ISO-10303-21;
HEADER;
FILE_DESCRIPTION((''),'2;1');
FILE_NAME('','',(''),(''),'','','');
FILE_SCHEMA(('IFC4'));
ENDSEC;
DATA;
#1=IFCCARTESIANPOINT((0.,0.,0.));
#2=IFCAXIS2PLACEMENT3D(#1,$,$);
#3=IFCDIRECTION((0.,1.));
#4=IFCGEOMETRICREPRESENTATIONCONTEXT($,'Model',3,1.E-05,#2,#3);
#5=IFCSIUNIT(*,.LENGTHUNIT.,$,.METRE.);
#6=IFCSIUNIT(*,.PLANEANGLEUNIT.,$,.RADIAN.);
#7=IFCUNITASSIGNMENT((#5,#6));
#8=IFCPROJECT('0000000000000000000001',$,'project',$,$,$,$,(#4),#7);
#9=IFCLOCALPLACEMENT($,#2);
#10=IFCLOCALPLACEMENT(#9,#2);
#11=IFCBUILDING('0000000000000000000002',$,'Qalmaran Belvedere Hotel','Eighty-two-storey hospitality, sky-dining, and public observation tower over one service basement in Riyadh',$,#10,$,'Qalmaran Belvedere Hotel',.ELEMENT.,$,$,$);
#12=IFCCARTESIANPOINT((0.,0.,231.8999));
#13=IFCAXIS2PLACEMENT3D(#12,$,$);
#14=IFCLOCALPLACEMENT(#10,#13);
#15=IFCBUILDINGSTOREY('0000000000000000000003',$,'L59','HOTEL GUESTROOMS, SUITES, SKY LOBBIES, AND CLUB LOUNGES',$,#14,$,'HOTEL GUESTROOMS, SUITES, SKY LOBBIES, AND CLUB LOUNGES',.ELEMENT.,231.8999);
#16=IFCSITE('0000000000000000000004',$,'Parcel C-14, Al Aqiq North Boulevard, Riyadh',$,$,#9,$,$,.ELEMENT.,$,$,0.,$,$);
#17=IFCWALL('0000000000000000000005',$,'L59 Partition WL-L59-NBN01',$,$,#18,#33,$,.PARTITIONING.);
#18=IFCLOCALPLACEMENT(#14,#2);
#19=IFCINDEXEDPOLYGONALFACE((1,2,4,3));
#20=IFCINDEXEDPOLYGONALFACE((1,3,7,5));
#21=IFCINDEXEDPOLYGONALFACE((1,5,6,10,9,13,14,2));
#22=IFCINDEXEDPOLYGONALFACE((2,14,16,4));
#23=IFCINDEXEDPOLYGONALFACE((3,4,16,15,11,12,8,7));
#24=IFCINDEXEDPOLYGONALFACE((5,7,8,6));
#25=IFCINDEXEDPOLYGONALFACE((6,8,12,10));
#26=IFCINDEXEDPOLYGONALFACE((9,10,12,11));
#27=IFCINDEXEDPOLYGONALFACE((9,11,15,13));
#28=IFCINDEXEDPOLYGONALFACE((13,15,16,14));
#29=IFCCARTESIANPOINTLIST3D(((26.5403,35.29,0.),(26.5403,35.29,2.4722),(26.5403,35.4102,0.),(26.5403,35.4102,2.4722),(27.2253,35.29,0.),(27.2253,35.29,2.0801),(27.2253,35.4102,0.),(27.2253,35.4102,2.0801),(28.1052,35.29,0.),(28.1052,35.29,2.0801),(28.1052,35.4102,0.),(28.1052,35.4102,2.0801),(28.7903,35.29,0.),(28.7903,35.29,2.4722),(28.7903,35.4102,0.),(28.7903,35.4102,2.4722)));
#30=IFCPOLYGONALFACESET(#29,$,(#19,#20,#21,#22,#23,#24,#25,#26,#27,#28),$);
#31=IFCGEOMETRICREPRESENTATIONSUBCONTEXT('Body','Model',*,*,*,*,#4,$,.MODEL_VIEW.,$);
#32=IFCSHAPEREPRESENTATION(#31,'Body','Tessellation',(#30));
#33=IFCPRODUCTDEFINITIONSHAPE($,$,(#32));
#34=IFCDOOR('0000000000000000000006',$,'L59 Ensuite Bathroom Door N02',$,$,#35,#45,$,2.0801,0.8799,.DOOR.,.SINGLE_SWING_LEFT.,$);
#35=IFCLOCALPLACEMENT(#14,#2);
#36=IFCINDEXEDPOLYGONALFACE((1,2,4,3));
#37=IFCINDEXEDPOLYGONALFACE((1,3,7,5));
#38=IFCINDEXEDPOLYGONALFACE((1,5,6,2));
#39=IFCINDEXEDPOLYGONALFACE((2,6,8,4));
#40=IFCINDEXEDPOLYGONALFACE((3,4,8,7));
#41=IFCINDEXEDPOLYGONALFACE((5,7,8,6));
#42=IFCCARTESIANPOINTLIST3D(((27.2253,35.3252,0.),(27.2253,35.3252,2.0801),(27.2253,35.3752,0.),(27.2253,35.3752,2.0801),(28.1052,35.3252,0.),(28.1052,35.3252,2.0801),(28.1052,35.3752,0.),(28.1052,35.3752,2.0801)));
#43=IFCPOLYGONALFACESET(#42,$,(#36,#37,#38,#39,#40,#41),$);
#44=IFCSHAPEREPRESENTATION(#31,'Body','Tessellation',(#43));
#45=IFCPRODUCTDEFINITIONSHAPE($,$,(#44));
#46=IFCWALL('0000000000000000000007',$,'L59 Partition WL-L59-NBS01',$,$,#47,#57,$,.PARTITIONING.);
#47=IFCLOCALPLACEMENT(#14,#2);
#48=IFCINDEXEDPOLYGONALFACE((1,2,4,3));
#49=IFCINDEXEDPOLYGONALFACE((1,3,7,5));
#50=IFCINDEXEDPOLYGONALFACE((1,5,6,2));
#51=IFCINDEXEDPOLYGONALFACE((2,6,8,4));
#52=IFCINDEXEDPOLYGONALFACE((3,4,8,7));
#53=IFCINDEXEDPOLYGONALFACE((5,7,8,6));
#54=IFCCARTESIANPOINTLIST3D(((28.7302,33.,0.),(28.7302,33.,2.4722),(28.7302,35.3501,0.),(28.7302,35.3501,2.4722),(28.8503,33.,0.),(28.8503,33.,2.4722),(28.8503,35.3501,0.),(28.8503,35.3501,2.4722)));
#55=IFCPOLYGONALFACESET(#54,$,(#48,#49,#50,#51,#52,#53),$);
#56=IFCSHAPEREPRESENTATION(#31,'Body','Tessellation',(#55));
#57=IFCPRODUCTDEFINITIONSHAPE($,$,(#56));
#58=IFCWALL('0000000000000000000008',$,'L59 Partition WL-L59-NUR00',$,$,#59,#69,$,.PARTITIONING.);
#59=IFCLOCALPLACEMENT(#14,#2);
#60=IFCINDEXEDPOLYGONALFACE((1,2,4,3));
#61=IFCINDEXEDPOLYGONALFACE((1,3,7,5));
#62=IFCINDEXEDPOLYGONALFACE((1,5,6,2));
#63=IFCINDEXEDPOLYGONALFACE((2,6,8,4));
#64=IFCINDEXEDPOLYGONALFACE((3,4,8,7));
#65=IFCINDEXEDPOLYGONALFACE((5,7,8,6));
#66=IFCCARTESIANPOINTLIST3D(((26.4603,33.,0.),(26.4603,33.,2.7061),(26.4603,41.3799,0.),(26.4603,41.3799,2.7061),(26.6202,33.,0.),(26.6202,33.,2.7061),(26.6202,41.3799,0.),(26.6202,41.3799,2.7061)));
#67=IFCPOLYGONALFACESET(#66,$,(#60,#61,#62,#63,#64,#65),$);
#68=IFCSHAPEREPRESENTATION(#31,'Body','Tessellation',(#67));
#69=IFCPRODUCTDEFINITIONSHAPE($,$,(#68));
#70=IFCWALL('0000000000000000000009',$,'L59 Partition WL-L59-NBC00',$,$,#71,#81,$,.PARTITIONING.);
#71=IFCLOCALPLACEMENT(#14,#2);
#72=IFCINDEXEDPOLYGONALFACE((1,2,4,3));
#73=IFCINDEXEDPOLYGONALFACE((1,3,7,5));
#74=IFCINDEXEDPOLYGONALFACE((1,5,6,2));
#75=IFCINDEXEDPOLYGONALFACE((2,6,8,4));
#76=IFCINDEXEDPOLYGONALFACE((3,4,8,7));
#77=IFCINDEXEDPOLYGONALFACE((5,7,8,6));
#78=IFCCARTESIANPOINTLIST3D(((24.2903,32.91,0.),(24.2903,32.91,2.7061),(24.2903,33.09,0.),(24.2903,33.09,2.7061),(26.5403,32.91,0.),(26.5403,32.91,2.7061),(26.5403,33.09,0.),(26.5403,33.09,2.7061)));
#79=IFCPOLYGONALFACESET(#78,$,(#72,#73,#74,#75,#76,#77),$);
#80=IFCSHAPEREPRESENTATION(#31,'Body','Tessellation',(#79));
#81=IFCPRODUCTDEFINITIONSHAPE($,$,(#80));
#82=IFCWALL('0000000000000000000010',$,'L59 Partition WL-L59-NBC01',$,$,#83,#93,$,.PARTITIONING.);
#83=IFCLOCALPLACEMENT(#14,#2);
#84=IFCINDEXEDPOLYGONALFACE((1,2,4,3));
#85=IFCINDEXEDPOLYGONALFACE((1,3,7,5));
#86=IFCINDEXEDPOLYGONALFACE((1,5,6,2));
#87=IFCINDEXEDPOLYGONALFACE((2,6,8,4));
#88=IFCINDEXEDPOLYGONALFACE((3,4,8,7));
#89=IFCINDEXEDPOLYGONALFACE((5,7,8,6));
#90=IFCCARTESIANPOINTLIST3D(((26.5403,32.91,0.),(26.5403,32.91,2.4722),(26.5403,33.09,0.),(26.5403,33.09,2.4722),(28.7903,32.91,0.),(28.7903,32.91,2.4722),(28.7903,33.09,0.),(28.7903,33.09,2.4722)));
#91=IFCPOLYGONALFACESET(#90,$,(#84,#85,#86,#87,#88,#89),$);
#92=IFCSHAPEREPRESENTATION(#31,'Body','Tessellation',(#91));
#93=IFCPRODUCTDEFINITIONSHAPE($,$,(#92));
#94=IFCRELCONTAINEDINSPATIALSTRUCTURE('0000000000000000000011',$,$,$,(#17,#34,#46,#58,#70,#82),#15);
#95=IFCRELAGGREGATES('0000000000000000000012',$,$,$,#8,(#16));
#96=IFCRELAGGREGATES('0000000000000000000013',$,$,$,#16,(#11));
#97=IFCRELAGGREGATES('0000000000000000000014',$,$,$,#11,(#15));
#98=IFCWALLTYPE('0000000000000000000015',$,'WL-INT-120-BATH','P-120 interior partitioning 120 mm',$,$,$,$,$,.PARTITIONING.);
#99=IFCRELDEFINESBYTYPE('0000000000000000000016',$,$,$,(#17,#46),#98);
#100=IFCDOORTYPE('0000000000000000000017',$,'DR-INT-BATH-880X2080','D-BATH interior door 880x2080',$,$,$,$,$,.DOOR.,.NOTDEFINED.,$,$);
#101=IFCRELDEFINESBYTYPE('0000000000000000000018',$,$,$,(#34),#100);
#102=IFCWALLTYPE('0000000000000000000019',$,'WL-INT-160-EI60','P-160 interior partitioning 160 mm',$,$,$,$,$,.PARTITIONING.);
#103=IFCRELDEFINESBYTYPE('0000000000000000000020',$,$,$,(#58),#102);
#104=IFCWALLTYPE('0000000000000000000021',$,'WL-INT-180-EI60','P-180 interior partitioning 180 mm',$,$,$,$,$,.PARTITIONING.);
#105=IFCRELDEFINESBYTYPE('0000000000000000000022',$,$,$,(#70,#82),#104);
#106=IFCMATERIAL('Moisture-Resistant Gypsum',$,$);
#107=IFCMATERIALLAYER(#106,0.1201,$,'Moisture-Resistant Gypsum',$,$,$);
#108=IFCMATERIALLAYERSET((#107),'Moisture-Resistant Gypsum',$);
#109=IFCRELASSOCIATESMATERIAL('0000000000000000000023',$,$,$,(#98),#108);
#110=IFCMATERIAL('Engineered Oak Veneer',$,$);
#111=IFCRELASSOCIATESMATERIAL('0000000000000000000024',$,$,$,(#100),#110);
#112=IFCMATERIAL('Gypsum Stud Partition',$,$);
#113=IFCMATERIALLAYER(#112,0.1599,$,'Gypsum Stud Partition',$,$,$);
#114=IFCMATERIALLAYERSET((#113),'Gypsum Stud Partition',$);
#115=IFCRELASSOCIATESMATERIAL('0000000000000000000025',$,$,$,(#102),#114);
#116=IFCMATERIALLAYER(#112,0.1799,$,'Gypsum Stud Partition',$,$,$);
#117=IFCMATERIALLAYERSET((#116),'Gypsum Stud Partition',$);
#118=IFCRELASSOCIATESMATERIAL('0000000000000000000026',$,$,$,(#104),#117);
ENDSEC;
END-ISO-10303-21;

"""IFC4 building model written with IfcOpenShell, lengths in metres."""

from ifc_helpers import new_model, si_unit, direction, frame, frame_2d, origin, place, context, subcontext, project, spatial, rectangle, extrude, material, layer, layer_set, type_object, element, fill, save


model = new_model("IFC4")

# Units and contexts
model_context = context("Model", 3, precision=1e-05, world=origin(), true_north=direction((0.0, 1.0)))
body_context = subcontext(model_context, "Body", "Model", "MODEL_VIEW")
ifc_project = project(units=[si_unit("LENGTHUNIT", "METRE"), si_unit("PLANEANGLEUNIT", "RADIAN")], contexts=[model_context])

# Site, building, storey
site_placement = place(None, origin())
site = spatial("IfcSite", under=ifc_project, at=site_placement, Name="Parcel C-14, Al Aqiq North Boulevard, Riyadh", CompositionType="ELEMENT", RefElevation=0.0)
building_placement = place(site_placement, origin())
building = spatial("IfcBuilding", under=site, at=building_placement, Name="Qalmaran Belvedere Hotel", Description="Eighty-two-storey hospitality, sky-dining, and public observation tower over one service basement in Riyadh", LongName="Qalmaran Belvedere Hotel", CompositionType="ELEMENT")
storey_placement = place(building_placement, frame((0.0, 0.0, 231.8999)))
storey = spatial("IfcBuildingStorey", under=building, at=storey_placement, Name="L59", Description="HOTEL GUESTROOMS, SUITES, SKY LOBBIES, AND CLUB LOUNGES", LongName="HOTEL GUESTROOMS, SUITES, SKY LOBBIES, AND CLUB LOUNGES", CompositionType="ELEMENT", Elevation=231.8999)

# Shared definitions
ifc_material_1 = material(Name="Moisture-Resistant Gypsum")
ifc_layer_1 = layer(ifc_material_1, 0.1201, Name="Moisture-Resistant Gypsum")
ifc_layer_set_1 = layer_set([ifc_layer_1], Name="Moisture-Resistant Gypsum")
wall_type_1 = type_object("IfcWallType", Name="WL-INT-120-BATH", Description="P-120 interior partitioning 120 mm", PredefinedType="PARTITIONING", material=ifc_layer_set_1)
ifc_material_2 = material(Name="Engineered Oak Veneer")
door_type_1 = type_object("IfcDoorType", Name="DR-INT-BATH-880X2080", Description="D-BATH interior door 880x2080", OperationType="NOTDEFINED", PredefinedType="DOOR", material=ifc_material_2)

# Wall, opening, door
wall_1_placement = place(storey_placement, frame((26.5403, 35.3501, 0.0), z_axis=(0.0, 0.0, 1.0), x_axis=(1.0, 0.0, 0.0)))
wall_1 = element("IfcWall", 1, at=wall_1_placement, inside=storey, type_object=wall_type_1, Name="L59 Partition WL-L59-NBN01", PredefinedType="PARTITIONING", context=body_context, shape_type="SweptSolid", body=[
    extrude(rectangle(XDim=2.25, YDim=0.1201, at=frame_2d((1.125, 0.0))), origin(), (0.0, 0.0, 1.0), 2.4722),
])
opening_1_placement = place(wall_1_placement, frame((1.5649, 0.0, 0.0), z_axis=(0.0, 0.0, 1.0), x_axis=(-1.0, 0.0, 0.0)))
opening_1 = element("IfcOpeningElement", 2, at=opening_1_placement, cuts=wall_1, PredefinedType="OPENING", context=body_context, shape_type="SweptSolid", body=[
    extrude(rectangle(XDim=0.8799, YDim=2.0801, at=frame_2d((0.4399, 1.04))), frame((0.0, 0.0701, 0.0), z_axis=(0.0, -1.0, 0.0), x_axis=(1.0, 0.0, 0.0)), (0.0, 0.0, 1.0), 0.1401),
])
door_1_placement = place(opening_1_placement, origin())
door_1 = element("IfcDoor", 3, at=door_1_placement, inside=storey, type_object=door_type_1, Name="L59 Ensuite Bathroom Door N02", OperationType="SINGLE_SWING_LEFT", OverallHeight=2.0801, OverallWidth=0.8799, PredefinedType="DOOR", context=body_context, shape_type="SweptSolid", body=[
    extrude(rectangle(XDim=0.8799, YDim=2.0801, at=frame_2d((0.4399, 1.04))), frame((0.0, 0.0249, 0.0), z_axis=(0.0, -1.0, 0.0), x_axis=(1.0, 0.0, 0.0)), (0.0, 0.0, 1.0), 0.05),
])
fill(opening_1, door_1)

# Walls
wall_2_placement = place(storey_placement, frame((28.7903, 33.0, 0.0), z_axis=(0.0, 0.0, 1.0), x_axis=(0.0, 1.0, 0.0)))
element("IfcWall", 4, at=wall_2_placement, inside=storey, type_object=wall_type_1, Name="L59 Partition WL-L59-NBS01", PredefinedType="PARTITIONING", context=body_context, shape_type="SweptSolid", body=[
    extrude(rectangle(XDim=2.3501, YDim=0.1201, at=frame_2d((1.175, 0.0))), origin(), (0.0, 0.0, 1.0), 2.4722),
])
ifc_material_3 = material(Name="Gypsum Stud Partition")
ifc_layer_2 = layer(ifc_material_3, 0.1599, Name="Gypsum Stud Partition")
ifc_layer_set_2 = layer_set([ifc_layer_2], Name="Gypsum Stud Partition")
wall_type_2 = type_object("IfcWallType", Name="WL-INT-160-EI60", Description="P-160 interior partitioning 160 mm", PredefinedType="PARTITIONING", material=ifc_layer_set_2)
wall_3_placement = place(storey_placement, frame((26.5403, 33.0, 0.0), z_axis=(0.0, 0.0, 1.0), x_axis=(0.0, 1.0, 0.0)))
element("IfcWall", 5, at=wall_3_placement, inside=storey, type_object=wall_type_2, Name="L59 Partition WL-L59-NUR00", PredefinedType="PARTITIONING", context=body_context, shape_type="SweptSolid", body=[
    extrude(rectangle(XDim=8.3799, YDim=0.1599, at=frame_2d((4.1899, 0.0))), origin(), (0.0, 0.0, 1.0), 2.7061),
])
ifc_layer_3 = layer(ifc_material_3, 0.1799, Name="Gypsum Stud Partition")
ifc_layer_set_3 = layer_set([ifc_layer_3], Name="Gypsum Stud Partition")
wall_type_3 = type_object("IfcWallType", Name="WL-INT-180-EI60", Description="P-180 interior partitioning 180 mm", PredefinedType="PARTITIONING", material=ifc_layer_set_3)
wall_4_placement = place(storey_placement, frame((24.2903, 33.0, 0.0), z_axis=(0.0, 0.0, 1.0), x_axis=(1.0, 0.0, 0.0)))
element("IfcWall", 6, at=wall_4_placement, inside=storey, type_object=wall_type_3, Name="L59 Partition WL-L59-NBC00", PredefinedType="PARTITIONING", context=body_context, shape_type="SweptSolid", body=[
    extrude(rectangle(XDim=2.25, YDim=0.1799, at=frame_2d((1.125, 0.0))), origin(), (0.0, 0.0, 1.0), 2.7061),
])
wall_5_placement = place(storey_placement, frame((26.5403, 33.0, 0.0), z_axis=(0.0, 0.0, 1.0), x_axis=(1.0, 0.0, 0.0)))
element("IfcWall", 7, at=wall_5_placement, inside=storey, type_object=wall_type_3, Name="L59 Partition WL-L59-NBC01", PredefinedType="PARTITIONING", context=body_context, shape_type="SweptSolid", body=[
    extrude(rectangle(XDim=2.25, YDim=0.1799, at=frame_2d((1.125, 0.0))), origin(), (0.0, 0.0, 1.0), 2.4722),
])

save(model, "model.ifc")
